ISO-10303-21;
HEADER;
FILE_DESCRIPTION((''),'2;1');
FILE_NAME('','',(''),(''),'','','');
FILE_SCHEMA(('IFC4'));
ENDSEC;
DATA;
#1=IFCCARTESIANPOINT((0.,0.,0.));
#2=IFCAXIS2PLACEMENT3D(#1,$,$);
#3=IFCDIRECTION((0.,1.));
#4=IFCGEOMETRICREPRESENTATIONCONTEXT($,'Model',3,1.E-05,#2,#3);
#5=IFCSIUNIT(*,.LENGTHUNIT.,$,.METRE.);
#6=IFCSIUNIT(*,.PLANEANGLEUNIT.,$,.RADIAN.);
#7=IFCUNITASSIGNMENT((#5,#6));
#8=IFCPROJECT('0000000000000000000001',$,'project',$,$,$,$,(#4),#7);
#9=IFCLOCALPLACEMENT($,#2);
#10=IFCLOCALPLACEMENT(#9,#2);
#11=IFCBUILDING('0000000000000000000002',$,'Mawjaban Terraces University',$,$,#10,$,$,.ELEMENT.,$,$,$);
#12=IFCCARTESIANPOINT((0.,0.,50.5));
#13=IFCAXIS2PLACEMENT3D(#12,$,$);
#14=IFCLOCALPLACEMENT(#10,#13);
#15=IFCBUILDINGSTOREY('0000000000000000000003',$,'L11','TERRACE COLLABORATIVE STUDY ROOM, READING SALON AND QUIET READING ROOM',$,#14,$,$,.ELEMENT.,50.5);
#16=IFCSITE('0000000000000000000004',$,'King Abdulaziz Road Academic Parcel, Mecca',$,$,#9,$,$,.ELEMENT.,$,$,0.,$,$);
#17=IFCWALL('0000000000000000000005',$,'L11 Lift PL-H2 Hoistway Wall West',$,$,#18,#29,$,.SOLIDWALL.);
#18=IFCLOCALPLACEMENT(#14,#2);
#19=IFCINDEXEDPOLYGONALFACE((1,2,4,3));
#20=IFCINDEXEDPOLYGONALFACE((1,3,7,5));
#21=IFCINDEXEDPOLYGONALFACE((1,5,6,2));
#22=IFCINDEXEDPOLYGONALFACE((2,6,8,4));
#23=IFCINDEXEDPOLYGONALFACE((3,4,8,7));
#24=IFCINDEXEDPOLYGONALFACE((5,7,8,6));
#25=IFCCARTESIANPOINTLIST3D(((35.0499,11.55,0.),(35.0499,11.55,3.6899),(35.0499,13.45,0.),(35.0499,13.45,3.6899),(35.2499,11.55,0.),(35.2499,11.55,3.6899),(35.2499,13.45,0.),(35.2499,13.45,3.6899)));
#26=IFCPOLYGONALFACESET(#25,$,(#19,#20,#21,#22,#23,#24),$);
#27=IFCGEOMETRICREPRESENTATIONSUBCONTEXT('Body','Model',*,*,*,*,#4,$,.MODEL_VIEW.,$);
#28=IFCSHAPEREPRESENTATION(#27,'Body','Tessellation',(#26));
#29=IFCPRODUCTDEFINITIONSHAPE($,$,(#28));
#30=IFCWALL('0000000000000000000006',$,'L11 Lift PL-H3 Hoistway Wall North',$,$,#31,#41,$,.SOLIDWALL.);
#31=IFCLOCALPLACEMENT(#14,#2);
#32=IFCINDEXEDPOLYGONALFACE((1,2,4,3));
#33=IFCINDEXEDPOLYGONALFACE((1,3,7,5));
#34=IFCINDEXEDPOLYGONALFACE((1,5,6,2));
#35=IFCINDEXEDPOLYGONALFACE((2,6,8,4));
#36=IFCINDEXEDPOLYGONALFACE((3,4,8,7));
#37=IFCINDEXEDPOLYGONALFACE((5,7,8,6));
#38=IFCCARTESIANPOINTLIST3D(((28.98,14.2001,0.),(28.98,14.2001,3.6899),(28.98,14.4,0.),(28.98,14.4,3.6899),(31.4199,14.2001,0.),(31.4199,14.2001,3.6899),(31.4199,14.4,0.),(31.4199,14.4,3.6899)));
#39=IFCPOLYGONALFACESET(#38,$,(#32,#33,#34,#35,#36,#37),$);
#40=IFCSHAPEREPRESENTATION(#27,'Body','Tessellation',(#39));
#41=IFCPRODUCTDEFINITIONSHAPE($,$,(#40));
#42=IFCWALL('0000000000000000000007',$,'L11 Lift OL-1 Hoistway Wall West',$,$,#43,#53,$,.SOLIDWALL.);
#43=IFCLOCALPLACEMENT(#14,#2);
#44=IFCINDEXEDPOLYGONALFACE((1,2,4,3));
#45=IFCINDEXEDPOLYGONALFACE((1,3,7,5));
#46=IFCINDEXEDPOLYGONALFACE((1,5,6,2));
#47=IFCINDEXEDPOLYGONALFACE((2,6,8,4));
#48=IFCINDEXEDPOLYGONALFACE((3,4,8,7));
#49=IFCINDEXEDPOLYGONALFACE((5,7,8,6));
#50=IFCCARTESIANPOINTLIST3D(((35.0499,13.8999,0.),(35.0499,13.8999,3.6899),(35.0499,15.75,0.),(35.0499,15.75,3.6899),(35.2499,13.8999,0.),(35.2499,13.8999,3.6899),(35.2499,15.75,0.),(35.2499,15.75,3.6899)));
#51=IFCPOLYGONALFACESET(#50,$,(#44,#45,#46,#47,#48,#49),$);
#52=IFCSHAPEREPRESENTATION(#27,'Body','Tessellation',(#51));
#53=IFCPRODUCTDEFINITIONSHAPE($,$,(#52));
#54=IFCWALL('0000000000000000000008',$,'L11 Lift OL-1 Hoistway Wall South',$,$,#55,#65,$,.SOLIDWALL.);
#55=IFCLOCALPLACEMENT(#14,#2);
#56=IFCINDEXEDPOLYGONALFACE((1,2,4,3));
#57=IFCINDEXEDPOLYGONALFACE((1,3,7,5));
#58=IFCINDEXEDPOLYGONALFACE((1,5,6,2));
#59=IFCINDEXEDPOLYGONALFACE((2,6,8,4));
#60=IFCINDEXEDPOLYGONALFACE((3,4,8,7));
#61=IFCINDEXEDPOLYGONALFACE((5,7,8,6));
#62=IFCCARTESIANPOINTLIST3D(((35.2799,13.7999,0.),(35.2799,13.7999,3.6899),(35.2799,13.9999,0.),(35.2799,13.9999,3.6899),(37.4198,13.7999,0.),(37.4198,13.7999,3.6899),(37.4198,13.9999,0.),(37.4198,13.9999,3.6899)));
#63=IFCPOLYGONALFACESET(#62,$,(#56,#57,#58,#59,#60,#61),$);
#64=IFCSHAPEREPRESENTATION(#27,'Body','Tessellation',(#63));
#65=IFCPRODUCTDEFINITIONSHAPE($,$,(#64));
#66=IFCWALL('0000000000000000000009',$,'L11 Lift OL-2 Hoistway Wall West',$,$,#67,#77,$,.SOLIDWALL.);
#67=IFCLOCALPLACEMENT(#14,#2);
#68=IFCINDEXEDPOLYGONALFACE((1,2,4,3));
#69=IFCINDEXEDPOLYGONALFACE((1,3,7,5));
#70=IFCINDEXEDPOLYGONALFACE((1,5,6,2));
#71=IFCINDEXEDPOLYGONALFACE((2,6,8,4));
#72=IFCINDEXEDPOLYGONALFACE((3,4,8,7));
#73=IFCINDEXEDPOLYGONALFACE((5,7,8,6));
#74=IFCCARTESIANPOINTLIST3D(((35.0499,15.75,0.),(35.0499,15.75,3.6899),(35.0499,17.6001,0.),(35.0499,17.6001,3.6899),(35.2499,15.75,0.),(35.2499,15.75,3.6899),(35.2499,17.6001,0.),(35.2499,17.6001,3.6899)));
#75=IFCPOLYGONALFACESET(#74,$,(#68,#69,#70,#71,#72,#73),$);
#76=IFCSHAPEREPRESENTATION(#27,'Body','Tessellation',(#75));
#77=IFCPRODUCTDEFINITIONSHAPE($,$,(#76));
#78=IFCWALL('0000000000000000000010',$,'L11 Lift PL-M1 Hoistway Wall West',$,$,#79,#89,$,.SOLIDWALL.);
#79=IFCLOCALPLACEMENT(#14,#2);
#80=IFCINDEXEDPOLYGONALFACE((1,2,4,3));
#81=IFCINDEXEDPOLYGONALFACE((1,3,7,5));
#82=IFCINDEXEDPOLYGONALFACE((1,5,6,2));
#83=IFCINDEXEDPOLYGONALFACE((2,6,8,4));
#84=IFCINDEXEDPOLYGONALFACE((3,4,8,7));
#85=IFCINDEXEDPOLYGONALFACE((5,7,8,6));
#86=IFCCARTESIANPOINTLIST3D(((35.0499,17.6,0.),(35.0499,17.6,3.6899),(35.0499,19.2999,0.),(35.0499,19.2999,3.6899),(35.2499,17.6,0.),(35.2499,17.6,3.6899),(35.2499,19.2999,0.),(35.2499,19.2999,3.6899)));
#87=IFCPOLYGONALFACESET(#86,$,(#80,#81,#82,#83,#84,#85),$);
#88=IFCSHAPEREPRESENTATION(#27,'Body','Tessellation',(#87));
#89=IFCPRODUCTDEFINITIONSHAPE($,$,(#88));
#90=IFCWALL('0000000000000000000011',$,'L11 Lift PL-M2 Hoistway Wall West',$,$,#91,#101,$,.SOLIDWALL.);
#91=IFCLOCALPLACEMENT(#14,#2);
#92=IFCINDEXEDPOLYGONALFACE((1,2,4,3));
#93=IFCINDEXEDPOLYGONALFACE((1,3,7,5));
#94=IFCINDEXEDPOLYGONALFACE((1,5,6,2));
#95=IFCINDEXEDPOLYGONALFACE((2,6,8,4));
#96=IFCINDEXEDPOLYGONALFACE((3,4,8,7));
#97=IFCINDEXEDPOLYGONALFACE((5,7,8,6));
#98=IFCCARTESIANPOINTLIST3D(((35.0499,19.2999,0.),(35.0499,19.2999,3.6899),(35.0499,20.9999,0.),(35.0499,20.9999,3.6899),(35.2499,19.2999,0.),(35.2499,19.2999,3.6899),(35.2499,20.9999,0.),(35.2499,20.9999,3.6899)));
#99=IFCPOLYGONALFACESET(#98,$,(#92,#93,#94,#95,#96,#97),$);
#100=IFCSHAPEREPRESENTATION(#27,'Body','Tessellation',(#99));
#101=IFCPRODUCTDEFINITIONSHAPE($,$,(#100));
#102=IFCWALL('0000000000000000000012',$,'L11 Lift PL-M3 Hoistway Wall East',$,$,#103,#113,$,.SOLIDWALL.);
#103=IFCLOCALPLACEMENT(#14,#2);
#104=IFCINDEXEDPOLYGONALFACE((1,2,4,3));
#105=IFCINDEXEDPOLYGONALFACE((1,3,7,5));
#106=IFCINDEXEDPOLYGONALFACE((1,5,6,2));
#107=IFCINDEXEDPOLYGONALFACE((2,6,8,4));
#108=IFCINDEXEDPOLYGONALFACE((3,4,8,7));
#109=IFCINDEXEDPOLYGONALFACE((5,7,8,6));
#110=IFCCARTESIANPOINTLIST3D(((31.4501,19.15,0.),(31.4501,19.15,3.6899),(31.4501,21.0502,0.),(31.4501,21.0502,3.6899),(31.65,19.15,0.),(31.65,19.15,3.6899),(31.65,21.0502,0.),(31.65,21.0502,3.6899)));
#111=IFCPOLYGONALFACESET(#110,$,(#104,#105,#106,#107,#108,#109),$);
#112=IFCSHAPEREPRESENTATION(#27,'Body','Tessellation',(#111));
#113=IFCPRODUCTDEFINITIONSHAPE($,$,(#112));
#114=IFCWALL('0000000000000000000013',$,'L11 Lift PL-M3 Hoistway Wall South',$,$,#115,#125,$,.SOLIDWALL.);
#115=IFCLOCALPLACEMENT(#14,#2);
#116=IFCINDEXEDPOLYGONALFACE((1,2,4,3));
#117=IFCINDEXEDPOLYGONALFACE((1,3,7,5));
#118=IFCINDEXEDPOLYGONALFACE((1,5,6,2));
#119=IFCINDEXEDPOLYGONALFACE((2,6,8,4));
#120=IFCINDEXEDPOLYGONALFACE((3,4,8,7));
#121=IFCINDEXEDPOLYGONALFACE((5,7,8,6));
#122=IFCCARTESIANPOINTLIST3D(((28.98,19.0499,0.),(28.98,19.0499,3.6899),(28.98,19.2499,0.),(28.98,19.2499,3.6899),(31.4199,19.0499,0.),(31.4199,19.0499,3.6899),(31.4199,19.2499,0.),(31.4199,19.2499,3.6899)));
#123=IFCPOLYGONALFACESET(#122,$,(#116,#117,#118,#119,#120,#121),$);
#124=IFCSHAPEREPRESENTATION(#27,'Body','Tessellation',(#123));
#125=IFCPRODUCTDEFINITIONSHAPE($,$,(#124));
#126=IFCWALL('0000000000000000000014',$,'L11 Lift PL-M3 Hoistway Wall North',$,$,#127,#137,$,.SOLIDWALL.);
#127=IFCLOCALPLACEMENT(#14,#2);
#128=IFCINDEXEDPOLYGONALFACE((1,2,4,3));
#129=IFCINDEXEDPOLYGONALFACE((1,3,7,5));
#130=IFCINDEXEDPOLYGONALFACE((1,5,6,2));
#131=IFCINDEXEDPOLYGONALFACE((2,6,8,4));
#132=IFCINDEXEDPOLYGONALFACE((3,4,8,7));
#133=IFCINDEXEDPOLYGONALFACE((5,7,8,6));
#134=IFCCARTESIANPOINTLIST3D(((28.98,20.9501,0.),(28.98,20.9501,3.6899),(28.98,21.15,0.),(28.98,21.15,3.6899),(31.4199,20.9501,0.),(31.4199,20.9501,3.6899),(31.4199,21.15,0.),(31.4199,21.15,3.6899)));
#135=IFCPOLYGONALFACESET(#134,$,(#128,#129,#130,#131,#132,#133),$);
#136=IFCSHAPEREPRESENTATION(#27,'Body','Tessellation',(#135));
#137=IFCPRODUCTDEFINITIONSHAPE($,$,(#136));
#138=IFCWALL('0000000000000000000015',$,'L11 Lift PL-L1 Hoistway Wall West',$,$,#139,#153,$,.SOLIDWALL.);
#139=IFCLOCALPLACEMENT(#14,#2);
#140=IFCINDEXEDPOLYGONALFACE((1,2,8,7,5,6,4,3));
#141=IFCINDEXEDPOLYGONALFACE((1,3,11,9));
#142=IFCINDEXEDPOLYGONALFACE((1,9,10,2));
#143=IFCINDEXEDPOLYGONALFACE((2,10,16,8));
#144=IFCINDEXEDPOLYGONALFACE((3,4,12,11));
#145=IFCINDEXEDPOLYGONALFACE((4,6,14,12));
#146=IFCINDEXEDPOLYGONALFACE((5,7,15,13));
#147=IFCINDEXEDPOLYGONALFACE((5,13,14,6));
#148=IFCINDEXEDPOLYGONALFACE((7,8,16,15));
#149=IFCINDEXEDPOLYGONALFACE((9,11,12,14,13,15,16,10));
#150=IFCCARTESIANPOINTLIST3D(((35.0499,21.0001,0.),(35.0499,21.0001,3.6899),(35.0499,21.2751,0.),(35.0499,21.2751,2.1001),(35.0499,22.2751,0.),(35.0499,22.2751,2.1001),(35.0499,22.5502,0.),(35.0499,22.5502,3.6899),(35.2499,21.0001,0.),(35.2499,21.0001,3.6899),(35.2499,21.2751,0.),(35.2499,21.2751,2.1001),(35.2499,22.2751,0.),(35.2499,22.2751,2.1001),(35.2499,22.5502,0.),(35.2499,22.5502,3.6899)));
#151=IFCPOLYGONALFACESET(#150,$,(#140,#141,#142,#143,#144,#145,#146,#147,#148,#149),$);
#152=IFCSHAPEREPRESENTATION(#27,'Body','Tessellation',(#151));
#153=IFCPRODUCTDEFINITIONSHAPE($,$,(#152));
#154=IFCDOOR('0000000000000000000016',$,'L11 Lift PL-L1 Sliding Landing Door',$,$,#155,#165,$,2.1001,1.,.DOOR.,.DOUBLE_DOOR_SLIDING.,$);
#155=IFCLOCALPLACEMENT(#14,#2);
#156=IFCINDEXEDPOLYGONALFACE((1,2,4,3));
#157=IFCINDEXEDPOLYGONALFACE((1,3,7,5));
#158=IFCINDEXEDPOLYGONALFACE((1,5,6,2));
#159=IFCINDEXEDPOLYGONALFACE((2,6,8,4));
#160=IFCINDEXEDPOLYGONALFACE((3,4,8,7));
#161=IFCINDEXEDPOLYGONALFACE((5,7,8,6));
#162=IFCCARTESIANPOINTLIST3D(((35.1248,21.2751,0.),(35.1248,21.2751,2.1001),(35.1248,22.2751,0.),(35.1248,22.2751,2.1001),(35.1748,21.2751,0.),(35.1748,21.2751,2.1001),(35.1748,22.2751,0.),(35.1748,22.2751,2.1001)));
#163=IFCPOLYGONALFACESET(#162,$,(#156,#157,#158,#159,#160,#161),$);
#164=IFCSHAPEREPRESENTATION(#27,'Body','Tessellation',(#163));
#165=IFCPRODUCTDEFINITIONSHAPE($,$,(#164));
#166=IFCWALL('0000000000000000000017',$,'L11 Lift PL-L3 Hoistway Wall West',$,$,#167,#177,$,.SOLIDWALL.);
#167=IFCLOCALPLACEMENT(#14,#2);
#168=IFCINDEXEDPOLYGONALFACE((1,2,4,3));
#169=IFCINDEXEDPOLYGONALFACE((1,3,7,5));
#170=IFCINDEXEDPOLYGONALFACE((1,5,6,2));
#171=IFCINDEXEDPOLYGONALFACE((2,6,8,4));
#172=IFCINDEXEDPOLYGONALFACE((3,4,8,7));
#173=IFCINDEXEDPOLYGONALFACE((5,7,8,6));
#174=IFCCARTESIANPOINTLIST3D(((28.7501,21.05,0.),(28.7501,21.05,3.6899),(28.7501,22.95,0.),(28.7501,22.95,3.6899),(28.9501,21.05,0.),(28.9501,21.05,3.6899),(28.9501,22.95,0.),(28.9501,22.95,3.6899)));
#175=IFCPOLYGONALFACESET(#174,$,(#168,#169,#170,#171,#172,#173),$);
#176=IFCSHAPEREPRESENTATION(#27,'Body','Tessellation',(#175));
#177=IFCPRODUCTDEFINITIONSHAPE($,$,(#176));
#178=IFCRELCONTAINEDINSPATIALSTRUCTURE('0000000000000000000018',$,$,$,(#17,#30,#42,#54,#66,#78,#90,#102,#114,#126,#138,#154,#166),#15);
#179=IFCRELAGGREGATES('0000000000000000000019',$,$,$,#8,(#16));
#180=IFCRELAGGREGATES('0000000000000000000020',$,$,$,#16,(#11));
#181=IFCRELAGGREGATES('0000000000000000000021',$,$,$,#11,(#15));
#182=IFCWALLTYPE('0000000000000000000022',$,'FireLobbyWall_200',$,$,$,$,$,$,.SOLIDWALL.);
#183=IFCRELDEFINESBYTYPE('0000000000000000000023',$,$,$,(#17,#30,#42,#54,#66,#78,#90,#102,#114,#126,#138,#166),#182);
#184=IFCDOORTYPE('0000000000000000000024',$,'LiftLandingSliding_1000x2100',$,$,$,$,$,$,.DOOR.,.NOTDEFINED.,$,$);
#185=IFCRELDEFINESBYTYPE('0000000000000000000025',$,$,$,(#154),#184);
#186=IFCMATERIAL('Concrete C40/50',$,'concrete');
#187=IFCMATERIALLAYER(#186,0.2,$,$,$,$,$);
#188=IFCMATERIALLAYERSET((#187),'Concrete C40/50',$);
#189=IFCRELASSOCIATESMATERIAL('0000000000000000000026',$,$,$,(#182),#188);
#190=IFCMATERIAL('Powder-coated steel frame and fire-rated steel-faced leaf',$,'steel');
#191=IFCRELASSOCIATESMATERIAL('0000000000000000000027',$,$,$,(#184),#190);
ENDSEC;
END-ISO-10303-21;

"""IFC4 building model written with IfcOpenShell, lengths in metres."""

from ifc_helpers import new_model, si_unit, direction, frame, frame_2d, origin, place, context, subcontext, project, spatial, rectangle, extrude, material, layer, layer_set, type_object, element, fill, save


model = new_model("IFC4")

# Units and contexts
model_context = context("Model", 3, precision=1e-05, world=origin(), true_north=direction((0.0, 1.0)))
body_context = subcontext(model_context, "Body", "Model", "MODEL_VIEW")
ifc_project = project(units=[si_unit("LENGTHUNIT", "METRE"), si_unit("PLANEANGLEUNIT", "RADIAN")], contexts=[model_context])

# Site, building, storey
site_placement = place(None, origin())
site = spatial("IfcSite", under=ifc_project, at=site_placement, Name="King Abdulaziz Road Academic Parcel, Mecca", CompositionType="ELEMENT", RefElevation=0.0)
building_placement = place(site_placement, origin())
building = spatial("IfcBuilding", under=site, at=building_placement, Name="Mawjaban Terraces University", CompositionType="ELEMENT")
storey_placement = place(building_placement, frame((0.0, 0.0, 50.5)))
storey = spatial("IfcBuildingStorey", under=building, at=storey_placement, Name="L11", Description="TERRACE COLLABORATIVE STUDY ROOM, READING SALON AND QUIET READING ROOM", CompositionType="ELEMENT", Elevation=50.5)

# Walls
ifc_material_1 = material(Name="Concrete C40/50", Category="concrete")
ifc_layer_1 = layer(ifc_material_1, 0.2)
ifc_layer_set_1 = layer_set([ifc_layer_1], Name="Concrete C40/50")
wall_type_1 = type_object("IfcWallType", Name="FireLobbyWall_200", PredefinedType="SOLIDWALL", material=ifc_layer_set_1)
wall_1_placement = place(storey_placement, frame((35.1499, 13.45, 0.0), z_axis=(0.0, 0.0, 1.0), x_axis=(0.0, -1.0, 0.0)))
element("IfcWall", 1, at=wall_1_placement, inside=storey, type_object=wall_type_1, Name="L11 Lift PL-H2 Hoistway Wall West", PredefinedType="SOLIDWALL", context=body_context, shape_type="SweptSolid", body=[
    extrude(rectangle(XDim=1.8999, YDim=0.2, at=frame_2d((0.95, 0.0))), origin(), (0.0, 0.0, 1.0), 3.6899),
])
wall_2_placement = place(storey_placement, frame((31.4199, 14.3, 0.0), z_axis=(0.0, 0.0, 1.0), x_axis=(-1.0, 0.0, 0.0)))
element("IfcWall", 2, at=wall_2_placement, inside=storey, type_object=wall_type_1, Name="L11 Lift PL-H3 Hoistway Wall North", PredefinedType="SOLIDWALL", context=body_context, shape_type="SweptSolid", body=[
    extrude(rectangle(XDim=2.4399, YDim=0.2, at=frame_2d((1.22, 0.0))), origin(), (0.0, 0.0, 1.0), 3.6899),
])
wall_3_placement = place(storey_placement, frame((35.1499, 15.75, 0.0), z_axis=(0.0, 0.0, 1.0), x_axis=(0.0, -1.0, 0.0)))
element("IfcWall", 3, at=wall_3_placement, inside=storey, type_object=wall_type_1, Name="L11 Lift OL-1 Hoistway Wall West", PredefinedType="SOLIDWALL", context=body_context, shape_type="SweptSolid", body=[
    extrude(rectangle(XDim=1.8501, YDim=0.2, at=frame_2d((0.925, 0.0))), origin(), (0.0, 0.0, 1.0), 3.6899),
])
wall_4_placement = place(storey_placement, frame((35.28, 13.8999, 0.0), z_axis=(0.0, 0.0, 1.0), x_axis=(1.0, 0.0, 0.0)))
element("IfcWall", 4, at=wall_4_placement, inside=storey, type_object=wall_type_1, Name="L11 Lift OL-1 Hoistway Wall South", PredefinedType="SOLIDWALL", context=body_context, shape_type="SweptSolid", body=[
    extrude(rectangle(XDim=2.1399, YDim=0.2, at=frame_2d((1.0698, 0.0))), origin(), (0.0, 0.0, 1.0), 3.6899),
])
wall_5_placement = place(storey_placement, frame((35.1499, 17.6001, 0.0), z_axis=(0.0, 0.0, 1.0), x_axis=(0.0, -1.0, 0.0)))
element("IfcWall", 5, at=wall_5_placement, inside=storey, type_object=wall_type_1, Name="L11 Lift OL-2 Hoistway Wall West", PredefinedType="SOLIDWALL", context=body_context, shape_type="SweptSolid", body=[
    extrude(rectangle(XDim=1.8501, YDim=0.2, at=frame_2d((0.925, 0.0))), origin(), (0.0, 0.0, 1.0), 3.6899),
])
for number, where, z_axis, x_axis, name in (
    (6, (35.1499, 19.3, 0.0), (0.0, 0.0, 1.0), (0.0, -1.0, 0.0), "L11 Lift PL-M1 Hoistway Wall West"),
    (7, (35.1499, 21.0, 0.0), (0.0, 0.0, 1.0), (0.0, -1.0, 0.0), "L11 Lift PL-M2 Hoistway Wall West"),
):
    element("IfcWall", number, at=place(storey_placement, frame(where, z_axis=z_axis, x_axis=x_axis)), inside=storey, type_object=wall_type_1, Name=name, PredefinedType="SOLIDWALL", context=body_context, shape_type="SweptSolid", body=[
        extrude(rectangle(XDim=1.7, YDim=0.2, at=frame_2d((0.8501, 0.0))), origin(), (0.0, 0.0, 1.0), 3.6899),
    ])
wall_6_placement = place(storey_placement, frame((31.55, 19.1499, 0.0), z_axis=(0.0, 0.0, 1.0), x_axis=(0.0, 1.0, 0.0)))
element("IfcWall", 8, at=wall_6_placement, inside=storey, type_object=wall_type_1, Name="L11 Lift PL-M3 Hoistway Wall East", PredefinedType="SOLIDWALL", context=body_context, shape_type="SweptSolid", body=[
    extrude(rectangle(XDim=1.9001, YDim=0.2, at=frame_2d((0.9502, 0.0))), origin(), (0.0, 0.0, 1.0), 3.6899),
])
for number, where, z_axis, x_axis, name in (
    (9, (28.98, 19.1499, 0.0), (0.0, 0.0, 1.0), (1.0, 0.0, 0.0), "L11 Lift PL-M3 Hoistway Wall South"),
    (10, (31.4199, 21.05, 0.0), (0.0, 0.0, 1.0), (-1.0, 0.0, 0.0), "L11 Lift PL-M3 Hoistway Wall North"),
):
    element("IfcWall", number, at=place(storey_placement, frame(where, z_axis=z_axis, x_axis=x_axis)), inside=storey, type_object=wall_type_1, Name=name, PredefinedType="SOLIDWALL", context=body_context, shape_type="SweptSolid", body=[
        extrude(rectangle(XDim=2.4399, YDim=0.2, at=frame_2d((1.22, 0.0))), origin(), (0.0, 0.0, 1.0), 3.6899),
    ])

# Wall, opening, door
wall_7_placement = place(storey_placement, frame((35.1499, 22.55, 0.0), z_axis=(0.0, 0.0, 1.0), x_axis=(0.0, -1.0, 0.0)))
wall_7 = element("IfcWall", 11, at=wall_7_placement, inside=storey, type_object=wall_type_1, Name="L11 Lift PL-L1 Hoistway Wall West", PredefinedType="SOLIDWALL", context=body_context, shape_type="SweptSolid", body=[
    extrude(rectangle(XDim=1.55, YDim=0.2, at=frame_2d((0.7749, 0.0))), origin(), (0.0, 0.0, 1.0), 3.6899),
])
opening_1_placement = place(wall_7_placement, frame((0.2749, 0.0, 0.0)))
opening_1 = element("IfcOpeningElement", 12, at=opening_1_placement, cuts=wall_7, PredefinedType="OPENING", context=body_context, shape_type="SweptSolid", body=[
    extrude(rectangle(XDim=1.0, YDim=2.1001, at=frame_2d((0.5, 1.05))), frame((0.0, 0.1099, 0.0), z_axis=(0.0, -1.0, 0.0), x_axis=(1.0, 0.0, 0.0)), (0.0, 0.0, 1.0), 0.22),
])
ifc_material_2 = material(Name="Powder-coated steel frame and fire-rated steel-faced leaf", Category="steel")
door_type_1 = type_object("IfcDoorType", Name="LiftLandingSliding_1000x2100", OperationType="NOTDEFINED", PredefinedType="DOOR", material=ifc_material_2)
door_1_placement = place(opening_1_placement, origin())
door_1 = element("IfcDoor", 13, at=door_1_placement, inside=storey, type_object=door_type_1, Name="L11 Lift PL-L1 Sliding Landing Door", OperationType="DOUBLE_DOOR_SLIDING", OverallHeight=2.1001, OverallWidth=1.0, PredefinedType="DOOR", context=body_context, shape_type="SweptSolid", body=[
    extrude(rectangle(XDim=1.0, YDim=2.1001, at=frame_2d((0.5, 1.05))), frame((0.0, 0.0249, 0.0), z_axis=(0.0, -1.0, 0.0), x_axis=(1.0, 0.0, 0.0)), (0.0, 0.0, 1.0), 0.05),
])
fill(opening_1, door_1)

# Wall
wall_8_placement = place(storey_placement, frame((28.8501, 22.95, 0.0), z_axis=(0.0, 0.0, 1.0), x_axis=(0.0, -1.0, 0.0)))
element("IfcWall", 14, at=wall_8_placement, inside=storey, type_object=wall_type_1, Name="L11 Lift PL-L3 Hoistway Wall West", PredefinedType="SOLIDWALL", context=body_context, shape_type="SweptSolid", body=[
    extrude(rectangle(XDim=1.8999, YDim=0.2, at=frame_2d((0.95, 0.0))), origin(), (0.0, 0.0, 1.0), 3.6899),
])

save(model, "model.ifc")
